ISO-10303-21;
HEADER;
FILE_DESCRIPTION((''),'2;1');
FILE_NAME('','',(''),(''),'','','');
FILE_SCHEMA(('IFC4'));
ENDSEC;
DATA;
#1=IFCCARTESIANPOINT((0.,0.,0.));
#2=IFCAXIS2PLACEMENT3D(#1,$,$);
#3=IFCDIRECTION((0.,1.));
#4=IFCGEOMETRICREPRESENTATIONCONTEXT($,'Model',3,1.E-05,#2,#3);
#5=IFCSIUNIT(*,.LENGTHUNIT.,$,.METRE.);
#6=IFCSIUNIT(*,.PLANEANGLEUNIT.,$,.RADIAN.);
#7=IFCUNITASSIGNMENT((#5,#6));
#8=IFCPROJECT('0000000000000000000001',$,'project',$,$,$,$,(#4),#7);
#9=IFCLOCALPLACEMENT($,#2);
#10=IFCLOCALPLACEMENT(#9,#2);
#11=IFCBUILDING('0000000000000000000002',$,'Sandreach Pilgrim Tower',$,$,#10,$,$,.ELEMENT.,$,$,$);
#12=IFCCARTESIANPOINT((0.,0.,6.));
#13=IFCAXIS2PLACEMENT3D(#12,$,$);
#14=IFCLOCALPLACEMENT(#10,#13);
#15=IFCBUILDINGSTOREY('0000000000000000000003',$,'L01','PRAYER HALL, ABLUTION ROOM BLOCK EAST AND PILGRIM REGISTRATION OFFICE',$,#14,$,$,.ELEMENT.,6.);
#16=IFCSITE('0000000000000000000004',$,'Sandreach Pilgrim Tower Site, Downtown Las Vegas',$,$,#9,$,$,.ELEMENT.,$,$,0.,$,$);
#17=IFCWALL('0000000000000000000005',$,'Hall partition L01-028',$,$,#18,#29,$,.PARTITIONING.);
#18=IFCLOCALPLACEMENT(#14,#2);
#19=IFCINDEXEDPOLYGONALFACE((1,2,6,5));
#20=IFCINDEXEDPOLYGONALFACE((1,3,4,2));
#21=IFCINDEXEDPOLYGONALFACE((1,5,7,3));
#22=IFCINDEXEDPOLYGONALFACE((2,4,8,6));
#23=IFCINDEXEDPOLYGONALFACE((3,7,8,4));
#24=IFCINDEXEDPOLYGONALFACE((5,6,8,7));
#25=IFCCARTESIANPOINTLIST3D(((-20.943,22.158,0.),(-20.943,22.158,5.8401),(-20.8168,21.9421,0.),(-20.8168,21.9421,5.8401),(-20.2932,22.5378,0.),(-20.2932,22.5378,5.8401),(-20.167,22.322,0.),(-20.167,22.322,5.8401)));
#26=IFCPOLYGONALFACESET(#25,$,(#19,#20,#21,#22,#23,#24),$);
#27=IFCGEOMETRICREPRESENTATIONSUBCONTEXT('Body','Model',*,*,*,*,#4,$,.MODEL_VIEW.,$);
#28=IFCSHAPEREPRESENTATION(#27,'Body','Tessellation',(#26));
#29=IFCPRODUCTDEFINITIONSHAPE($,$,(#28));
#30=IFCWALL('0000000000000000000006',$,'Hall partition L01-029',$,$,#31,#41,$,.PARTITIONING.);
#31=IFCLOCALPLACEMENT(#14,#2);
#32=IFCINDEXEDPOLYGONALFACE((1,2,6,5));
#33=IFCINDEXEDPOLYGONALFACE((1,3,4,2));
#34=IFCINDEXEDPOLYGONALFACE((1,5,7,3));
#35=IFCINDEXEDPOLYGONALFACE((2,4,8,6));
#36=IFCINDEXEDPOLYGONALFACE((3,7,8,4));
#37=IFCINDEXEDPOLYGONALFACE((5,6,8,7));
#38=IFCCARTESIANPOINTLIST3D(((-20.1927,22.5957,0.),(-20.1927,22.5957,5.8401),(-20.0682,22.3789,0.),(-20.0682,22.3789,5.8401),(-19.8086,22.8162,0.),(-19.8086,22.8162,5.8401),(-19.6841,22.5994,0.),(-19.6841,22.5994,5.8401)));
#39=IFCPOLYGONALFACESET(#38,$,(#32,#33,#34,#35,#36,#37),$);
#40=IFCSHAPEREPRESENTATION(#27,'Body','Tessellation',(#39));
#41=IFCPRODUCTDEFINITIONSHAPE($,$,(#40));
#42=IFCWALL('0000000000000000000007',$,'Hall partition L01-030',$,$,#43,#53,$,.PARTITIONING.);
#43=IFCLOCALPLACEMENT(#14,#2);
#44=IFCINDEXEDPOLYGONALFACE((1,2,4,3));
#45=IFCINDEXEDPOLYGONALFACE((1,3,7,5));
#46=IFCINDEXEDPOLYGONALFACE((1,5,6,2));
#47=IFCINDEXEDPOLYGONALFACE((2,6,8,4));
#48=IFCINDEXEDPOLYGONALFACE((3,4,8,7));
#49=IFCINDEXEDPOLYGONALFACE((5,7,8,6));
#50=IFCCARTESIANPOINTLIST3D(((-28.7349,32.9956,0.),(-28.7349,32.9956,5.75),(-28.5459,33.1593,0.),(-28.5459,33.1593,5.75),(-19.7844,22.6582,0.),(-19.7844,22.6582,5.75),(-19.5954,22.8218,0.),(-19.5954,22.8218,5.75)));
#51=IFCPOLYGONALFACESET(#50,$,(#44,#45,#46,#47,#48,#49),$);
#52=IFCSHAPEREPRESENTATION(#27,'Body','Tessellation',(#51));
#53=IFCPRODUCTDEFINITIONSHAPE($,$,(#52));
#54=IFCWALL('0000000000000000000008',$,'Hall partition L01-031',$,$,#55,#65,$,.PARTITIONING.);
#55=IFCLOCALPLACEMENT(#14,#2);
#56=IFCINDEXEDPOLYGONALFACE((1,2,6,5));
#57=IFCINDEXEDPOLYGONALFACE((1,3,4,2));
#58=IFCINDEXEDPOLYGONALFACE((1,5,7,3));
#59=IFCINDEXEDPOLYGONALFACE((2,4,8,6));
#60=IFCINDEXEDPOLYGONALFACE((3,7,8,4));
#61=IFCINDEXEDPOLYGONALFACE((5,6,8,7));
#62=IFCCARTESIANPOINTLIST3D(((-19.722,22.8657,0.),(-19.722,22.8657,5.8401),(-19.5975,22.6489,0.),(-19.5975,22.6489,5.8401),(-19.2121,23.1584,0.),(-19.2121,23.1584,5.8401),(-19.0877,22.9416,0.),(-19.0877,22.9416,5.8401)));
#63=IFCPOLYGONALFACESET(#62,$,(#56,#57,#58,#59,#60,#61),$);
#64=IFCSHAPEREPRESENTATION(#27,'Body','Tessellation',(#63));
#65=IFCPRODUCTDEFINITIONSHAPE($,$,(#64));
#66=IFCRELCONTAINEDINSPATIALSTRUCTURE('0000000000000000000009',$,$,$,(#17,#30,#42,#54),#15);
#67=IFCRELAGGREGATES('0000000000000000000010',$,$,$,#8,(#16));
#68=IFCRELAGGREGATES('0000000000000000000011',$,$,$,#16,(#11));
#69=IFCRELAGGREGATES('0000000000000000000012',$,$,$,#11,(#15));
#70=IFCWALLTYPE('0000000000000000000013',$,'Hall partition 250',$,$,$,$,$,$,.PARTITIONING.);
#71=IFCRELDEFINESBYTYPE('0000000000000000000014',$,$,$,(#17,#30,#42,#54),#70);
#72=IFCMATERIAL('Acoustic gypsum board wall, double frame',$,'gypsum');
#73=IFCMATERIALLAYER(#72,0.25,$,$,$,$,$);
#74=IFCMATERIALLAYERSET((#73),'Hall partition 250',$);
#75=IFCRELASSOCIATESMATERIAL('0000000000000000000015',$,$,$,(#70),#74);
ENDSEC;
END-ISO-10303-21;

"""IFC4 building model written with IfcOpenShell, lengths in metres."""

from ifc_helpers import new_model, si_unit, direction, frame, frame_2d, origin, place, context, subcontext, project, spatial, rectangle, extrude, material, layer, layer_set, type_object, element, save


model = new_model("IFC4")

# Units and contexts
model_context = context("Model", 3, precision=1e-05, world=origin(), true_north=direction((0.0, 1.0)))
body_context = subcontext(model_context, "Body", "Model", "MODEL_VIEW")
ifc_project = project(units=[si_unit("LENGTHUNIT", "METRE"), si_unit("PLANEANGLEUNIT", "RADIAN")], contexts=[model_context])

# Site, building, storey
site_placement = place(None, origin())
site = spatial("IfcSite", under=ifc_project, at=site_placement, Name="Sandreach Pilgrim Tower Site, Downtown Las Vegas", CompositionType="ELEMENT", RefElevation=0.0)
building_placement = place(site_placement, origin())
building = spatial("IfcBuilding", under=site, at=building_placement, Name="Sandreach Pilgrim Tower", CompositionType="ELEMENT")
storey_placement = place(building_placement, frame((0.0, 0.0, 6.0)))
storey = spatial("IfcBuildingStorey", under=building, at=storey_placement, Name="L01", Description="PRAYER HALL, ABLUTION ROOM BLOCK EAST AND PILGRIM REGISTRATION OFFICE", CompositionType="ELEMENT", Elevation=6.0)

# Walls
ifc_material_1 = material(Name="Acoustic gypsum board wall, double frame", Category="gypsum")
ifc_layer_1 = layer(ifc_material_1, 0.25)
ifc_layer_set_1 = layer_set([ifc_layer_1], Name="Hall partition 250")
wall_type = type_object("IfcWallType", Name="Hall partition 250", PredefinedType="PARTITIONING", material=ifc_layer_set_1)
wall_1_placement = place(storey_placement, frame((-20.23, 22.4299, 0.0), z_axis=(0.0, 0.0, 1.0), x_axis=(-0.863332, -0.504637, 0.0)))
element("IfcWall", 1, at=wall_1_placement, inside=storey, type_object=wall_type, Name="Hall partition L01-028", PredefinedType="PARTITIONING", context=body_context, shape_type="SweptSolid", body=[
    extrude(rectangle(XDim=0.7527, YDim=0.25, at=frame_2d((0.3765, 0.0))), origin(), (0.0, 0.0, 1.0), 5.8401),
])
wall_2_placement = place(storey_placement, frame((-19.7463, 22.7078, 0.0), z_axis=(0.0, 0.0, 1.0), x_axis=(-0.867258, -0.49786, 0.0)))
element("IfcWall", 2, at=wall_2_placement, inside=storey, type_object=wall_type, Name="Hall partition L01-029", PredefinedType="PARTITIONING", context=body_context, shape_type="SweptSolid", body=[
    extrude(rectangle(XDim=0.4429, YDim=0.25, at=frame_2d((0.2214, 0.0))), origin(), (0.0, 0.0, 1.0), 5.8401),
])
wall_3_placement = place(storey_placement, frame((-19.6899, 22.74, 0.0), z_axis=(0.0, 0.0, 1.0), x_axis=(-0.65457, 0.756002, 0.0)))
element("IfcWall", 3, at=wall_3_placement, inside=storey, type_object=wall_type, Name="Hall partition L01-030", PredefinedType="PARTITIONING", context=body_context, shape_type="SweptSolid", body=[
    extrude(rectangle(XDim=13.6738, YDim=0.25, at=frame_2d((6.8369, 0.0))), origin(), (0.0, 0.0, 1.0), 5.75),
])
wall_4_placement = place(storey_placement, frame((-19.1499, 23.05, 0.0), z_axis=(0.0, 0.0, 1.0), x_axis=(-0.867193, -0.497972, 0.0)))
element("IfcWall", 4, at=wall_4_placement, inside=storey, type_object=wall_type, Name="Hall partition L01-031", PredefinedType="PARTITIONING", context=body_context, shape_type="SweptSolid", body=[
    extrude(rectangle(XDim=0.5879, YDim=0.25, at=frame_2d((0.2939, 0.0))), origin(), (0.0, 0.0, 1.0), 5.8401),
])

save(model, "model.ifc")
